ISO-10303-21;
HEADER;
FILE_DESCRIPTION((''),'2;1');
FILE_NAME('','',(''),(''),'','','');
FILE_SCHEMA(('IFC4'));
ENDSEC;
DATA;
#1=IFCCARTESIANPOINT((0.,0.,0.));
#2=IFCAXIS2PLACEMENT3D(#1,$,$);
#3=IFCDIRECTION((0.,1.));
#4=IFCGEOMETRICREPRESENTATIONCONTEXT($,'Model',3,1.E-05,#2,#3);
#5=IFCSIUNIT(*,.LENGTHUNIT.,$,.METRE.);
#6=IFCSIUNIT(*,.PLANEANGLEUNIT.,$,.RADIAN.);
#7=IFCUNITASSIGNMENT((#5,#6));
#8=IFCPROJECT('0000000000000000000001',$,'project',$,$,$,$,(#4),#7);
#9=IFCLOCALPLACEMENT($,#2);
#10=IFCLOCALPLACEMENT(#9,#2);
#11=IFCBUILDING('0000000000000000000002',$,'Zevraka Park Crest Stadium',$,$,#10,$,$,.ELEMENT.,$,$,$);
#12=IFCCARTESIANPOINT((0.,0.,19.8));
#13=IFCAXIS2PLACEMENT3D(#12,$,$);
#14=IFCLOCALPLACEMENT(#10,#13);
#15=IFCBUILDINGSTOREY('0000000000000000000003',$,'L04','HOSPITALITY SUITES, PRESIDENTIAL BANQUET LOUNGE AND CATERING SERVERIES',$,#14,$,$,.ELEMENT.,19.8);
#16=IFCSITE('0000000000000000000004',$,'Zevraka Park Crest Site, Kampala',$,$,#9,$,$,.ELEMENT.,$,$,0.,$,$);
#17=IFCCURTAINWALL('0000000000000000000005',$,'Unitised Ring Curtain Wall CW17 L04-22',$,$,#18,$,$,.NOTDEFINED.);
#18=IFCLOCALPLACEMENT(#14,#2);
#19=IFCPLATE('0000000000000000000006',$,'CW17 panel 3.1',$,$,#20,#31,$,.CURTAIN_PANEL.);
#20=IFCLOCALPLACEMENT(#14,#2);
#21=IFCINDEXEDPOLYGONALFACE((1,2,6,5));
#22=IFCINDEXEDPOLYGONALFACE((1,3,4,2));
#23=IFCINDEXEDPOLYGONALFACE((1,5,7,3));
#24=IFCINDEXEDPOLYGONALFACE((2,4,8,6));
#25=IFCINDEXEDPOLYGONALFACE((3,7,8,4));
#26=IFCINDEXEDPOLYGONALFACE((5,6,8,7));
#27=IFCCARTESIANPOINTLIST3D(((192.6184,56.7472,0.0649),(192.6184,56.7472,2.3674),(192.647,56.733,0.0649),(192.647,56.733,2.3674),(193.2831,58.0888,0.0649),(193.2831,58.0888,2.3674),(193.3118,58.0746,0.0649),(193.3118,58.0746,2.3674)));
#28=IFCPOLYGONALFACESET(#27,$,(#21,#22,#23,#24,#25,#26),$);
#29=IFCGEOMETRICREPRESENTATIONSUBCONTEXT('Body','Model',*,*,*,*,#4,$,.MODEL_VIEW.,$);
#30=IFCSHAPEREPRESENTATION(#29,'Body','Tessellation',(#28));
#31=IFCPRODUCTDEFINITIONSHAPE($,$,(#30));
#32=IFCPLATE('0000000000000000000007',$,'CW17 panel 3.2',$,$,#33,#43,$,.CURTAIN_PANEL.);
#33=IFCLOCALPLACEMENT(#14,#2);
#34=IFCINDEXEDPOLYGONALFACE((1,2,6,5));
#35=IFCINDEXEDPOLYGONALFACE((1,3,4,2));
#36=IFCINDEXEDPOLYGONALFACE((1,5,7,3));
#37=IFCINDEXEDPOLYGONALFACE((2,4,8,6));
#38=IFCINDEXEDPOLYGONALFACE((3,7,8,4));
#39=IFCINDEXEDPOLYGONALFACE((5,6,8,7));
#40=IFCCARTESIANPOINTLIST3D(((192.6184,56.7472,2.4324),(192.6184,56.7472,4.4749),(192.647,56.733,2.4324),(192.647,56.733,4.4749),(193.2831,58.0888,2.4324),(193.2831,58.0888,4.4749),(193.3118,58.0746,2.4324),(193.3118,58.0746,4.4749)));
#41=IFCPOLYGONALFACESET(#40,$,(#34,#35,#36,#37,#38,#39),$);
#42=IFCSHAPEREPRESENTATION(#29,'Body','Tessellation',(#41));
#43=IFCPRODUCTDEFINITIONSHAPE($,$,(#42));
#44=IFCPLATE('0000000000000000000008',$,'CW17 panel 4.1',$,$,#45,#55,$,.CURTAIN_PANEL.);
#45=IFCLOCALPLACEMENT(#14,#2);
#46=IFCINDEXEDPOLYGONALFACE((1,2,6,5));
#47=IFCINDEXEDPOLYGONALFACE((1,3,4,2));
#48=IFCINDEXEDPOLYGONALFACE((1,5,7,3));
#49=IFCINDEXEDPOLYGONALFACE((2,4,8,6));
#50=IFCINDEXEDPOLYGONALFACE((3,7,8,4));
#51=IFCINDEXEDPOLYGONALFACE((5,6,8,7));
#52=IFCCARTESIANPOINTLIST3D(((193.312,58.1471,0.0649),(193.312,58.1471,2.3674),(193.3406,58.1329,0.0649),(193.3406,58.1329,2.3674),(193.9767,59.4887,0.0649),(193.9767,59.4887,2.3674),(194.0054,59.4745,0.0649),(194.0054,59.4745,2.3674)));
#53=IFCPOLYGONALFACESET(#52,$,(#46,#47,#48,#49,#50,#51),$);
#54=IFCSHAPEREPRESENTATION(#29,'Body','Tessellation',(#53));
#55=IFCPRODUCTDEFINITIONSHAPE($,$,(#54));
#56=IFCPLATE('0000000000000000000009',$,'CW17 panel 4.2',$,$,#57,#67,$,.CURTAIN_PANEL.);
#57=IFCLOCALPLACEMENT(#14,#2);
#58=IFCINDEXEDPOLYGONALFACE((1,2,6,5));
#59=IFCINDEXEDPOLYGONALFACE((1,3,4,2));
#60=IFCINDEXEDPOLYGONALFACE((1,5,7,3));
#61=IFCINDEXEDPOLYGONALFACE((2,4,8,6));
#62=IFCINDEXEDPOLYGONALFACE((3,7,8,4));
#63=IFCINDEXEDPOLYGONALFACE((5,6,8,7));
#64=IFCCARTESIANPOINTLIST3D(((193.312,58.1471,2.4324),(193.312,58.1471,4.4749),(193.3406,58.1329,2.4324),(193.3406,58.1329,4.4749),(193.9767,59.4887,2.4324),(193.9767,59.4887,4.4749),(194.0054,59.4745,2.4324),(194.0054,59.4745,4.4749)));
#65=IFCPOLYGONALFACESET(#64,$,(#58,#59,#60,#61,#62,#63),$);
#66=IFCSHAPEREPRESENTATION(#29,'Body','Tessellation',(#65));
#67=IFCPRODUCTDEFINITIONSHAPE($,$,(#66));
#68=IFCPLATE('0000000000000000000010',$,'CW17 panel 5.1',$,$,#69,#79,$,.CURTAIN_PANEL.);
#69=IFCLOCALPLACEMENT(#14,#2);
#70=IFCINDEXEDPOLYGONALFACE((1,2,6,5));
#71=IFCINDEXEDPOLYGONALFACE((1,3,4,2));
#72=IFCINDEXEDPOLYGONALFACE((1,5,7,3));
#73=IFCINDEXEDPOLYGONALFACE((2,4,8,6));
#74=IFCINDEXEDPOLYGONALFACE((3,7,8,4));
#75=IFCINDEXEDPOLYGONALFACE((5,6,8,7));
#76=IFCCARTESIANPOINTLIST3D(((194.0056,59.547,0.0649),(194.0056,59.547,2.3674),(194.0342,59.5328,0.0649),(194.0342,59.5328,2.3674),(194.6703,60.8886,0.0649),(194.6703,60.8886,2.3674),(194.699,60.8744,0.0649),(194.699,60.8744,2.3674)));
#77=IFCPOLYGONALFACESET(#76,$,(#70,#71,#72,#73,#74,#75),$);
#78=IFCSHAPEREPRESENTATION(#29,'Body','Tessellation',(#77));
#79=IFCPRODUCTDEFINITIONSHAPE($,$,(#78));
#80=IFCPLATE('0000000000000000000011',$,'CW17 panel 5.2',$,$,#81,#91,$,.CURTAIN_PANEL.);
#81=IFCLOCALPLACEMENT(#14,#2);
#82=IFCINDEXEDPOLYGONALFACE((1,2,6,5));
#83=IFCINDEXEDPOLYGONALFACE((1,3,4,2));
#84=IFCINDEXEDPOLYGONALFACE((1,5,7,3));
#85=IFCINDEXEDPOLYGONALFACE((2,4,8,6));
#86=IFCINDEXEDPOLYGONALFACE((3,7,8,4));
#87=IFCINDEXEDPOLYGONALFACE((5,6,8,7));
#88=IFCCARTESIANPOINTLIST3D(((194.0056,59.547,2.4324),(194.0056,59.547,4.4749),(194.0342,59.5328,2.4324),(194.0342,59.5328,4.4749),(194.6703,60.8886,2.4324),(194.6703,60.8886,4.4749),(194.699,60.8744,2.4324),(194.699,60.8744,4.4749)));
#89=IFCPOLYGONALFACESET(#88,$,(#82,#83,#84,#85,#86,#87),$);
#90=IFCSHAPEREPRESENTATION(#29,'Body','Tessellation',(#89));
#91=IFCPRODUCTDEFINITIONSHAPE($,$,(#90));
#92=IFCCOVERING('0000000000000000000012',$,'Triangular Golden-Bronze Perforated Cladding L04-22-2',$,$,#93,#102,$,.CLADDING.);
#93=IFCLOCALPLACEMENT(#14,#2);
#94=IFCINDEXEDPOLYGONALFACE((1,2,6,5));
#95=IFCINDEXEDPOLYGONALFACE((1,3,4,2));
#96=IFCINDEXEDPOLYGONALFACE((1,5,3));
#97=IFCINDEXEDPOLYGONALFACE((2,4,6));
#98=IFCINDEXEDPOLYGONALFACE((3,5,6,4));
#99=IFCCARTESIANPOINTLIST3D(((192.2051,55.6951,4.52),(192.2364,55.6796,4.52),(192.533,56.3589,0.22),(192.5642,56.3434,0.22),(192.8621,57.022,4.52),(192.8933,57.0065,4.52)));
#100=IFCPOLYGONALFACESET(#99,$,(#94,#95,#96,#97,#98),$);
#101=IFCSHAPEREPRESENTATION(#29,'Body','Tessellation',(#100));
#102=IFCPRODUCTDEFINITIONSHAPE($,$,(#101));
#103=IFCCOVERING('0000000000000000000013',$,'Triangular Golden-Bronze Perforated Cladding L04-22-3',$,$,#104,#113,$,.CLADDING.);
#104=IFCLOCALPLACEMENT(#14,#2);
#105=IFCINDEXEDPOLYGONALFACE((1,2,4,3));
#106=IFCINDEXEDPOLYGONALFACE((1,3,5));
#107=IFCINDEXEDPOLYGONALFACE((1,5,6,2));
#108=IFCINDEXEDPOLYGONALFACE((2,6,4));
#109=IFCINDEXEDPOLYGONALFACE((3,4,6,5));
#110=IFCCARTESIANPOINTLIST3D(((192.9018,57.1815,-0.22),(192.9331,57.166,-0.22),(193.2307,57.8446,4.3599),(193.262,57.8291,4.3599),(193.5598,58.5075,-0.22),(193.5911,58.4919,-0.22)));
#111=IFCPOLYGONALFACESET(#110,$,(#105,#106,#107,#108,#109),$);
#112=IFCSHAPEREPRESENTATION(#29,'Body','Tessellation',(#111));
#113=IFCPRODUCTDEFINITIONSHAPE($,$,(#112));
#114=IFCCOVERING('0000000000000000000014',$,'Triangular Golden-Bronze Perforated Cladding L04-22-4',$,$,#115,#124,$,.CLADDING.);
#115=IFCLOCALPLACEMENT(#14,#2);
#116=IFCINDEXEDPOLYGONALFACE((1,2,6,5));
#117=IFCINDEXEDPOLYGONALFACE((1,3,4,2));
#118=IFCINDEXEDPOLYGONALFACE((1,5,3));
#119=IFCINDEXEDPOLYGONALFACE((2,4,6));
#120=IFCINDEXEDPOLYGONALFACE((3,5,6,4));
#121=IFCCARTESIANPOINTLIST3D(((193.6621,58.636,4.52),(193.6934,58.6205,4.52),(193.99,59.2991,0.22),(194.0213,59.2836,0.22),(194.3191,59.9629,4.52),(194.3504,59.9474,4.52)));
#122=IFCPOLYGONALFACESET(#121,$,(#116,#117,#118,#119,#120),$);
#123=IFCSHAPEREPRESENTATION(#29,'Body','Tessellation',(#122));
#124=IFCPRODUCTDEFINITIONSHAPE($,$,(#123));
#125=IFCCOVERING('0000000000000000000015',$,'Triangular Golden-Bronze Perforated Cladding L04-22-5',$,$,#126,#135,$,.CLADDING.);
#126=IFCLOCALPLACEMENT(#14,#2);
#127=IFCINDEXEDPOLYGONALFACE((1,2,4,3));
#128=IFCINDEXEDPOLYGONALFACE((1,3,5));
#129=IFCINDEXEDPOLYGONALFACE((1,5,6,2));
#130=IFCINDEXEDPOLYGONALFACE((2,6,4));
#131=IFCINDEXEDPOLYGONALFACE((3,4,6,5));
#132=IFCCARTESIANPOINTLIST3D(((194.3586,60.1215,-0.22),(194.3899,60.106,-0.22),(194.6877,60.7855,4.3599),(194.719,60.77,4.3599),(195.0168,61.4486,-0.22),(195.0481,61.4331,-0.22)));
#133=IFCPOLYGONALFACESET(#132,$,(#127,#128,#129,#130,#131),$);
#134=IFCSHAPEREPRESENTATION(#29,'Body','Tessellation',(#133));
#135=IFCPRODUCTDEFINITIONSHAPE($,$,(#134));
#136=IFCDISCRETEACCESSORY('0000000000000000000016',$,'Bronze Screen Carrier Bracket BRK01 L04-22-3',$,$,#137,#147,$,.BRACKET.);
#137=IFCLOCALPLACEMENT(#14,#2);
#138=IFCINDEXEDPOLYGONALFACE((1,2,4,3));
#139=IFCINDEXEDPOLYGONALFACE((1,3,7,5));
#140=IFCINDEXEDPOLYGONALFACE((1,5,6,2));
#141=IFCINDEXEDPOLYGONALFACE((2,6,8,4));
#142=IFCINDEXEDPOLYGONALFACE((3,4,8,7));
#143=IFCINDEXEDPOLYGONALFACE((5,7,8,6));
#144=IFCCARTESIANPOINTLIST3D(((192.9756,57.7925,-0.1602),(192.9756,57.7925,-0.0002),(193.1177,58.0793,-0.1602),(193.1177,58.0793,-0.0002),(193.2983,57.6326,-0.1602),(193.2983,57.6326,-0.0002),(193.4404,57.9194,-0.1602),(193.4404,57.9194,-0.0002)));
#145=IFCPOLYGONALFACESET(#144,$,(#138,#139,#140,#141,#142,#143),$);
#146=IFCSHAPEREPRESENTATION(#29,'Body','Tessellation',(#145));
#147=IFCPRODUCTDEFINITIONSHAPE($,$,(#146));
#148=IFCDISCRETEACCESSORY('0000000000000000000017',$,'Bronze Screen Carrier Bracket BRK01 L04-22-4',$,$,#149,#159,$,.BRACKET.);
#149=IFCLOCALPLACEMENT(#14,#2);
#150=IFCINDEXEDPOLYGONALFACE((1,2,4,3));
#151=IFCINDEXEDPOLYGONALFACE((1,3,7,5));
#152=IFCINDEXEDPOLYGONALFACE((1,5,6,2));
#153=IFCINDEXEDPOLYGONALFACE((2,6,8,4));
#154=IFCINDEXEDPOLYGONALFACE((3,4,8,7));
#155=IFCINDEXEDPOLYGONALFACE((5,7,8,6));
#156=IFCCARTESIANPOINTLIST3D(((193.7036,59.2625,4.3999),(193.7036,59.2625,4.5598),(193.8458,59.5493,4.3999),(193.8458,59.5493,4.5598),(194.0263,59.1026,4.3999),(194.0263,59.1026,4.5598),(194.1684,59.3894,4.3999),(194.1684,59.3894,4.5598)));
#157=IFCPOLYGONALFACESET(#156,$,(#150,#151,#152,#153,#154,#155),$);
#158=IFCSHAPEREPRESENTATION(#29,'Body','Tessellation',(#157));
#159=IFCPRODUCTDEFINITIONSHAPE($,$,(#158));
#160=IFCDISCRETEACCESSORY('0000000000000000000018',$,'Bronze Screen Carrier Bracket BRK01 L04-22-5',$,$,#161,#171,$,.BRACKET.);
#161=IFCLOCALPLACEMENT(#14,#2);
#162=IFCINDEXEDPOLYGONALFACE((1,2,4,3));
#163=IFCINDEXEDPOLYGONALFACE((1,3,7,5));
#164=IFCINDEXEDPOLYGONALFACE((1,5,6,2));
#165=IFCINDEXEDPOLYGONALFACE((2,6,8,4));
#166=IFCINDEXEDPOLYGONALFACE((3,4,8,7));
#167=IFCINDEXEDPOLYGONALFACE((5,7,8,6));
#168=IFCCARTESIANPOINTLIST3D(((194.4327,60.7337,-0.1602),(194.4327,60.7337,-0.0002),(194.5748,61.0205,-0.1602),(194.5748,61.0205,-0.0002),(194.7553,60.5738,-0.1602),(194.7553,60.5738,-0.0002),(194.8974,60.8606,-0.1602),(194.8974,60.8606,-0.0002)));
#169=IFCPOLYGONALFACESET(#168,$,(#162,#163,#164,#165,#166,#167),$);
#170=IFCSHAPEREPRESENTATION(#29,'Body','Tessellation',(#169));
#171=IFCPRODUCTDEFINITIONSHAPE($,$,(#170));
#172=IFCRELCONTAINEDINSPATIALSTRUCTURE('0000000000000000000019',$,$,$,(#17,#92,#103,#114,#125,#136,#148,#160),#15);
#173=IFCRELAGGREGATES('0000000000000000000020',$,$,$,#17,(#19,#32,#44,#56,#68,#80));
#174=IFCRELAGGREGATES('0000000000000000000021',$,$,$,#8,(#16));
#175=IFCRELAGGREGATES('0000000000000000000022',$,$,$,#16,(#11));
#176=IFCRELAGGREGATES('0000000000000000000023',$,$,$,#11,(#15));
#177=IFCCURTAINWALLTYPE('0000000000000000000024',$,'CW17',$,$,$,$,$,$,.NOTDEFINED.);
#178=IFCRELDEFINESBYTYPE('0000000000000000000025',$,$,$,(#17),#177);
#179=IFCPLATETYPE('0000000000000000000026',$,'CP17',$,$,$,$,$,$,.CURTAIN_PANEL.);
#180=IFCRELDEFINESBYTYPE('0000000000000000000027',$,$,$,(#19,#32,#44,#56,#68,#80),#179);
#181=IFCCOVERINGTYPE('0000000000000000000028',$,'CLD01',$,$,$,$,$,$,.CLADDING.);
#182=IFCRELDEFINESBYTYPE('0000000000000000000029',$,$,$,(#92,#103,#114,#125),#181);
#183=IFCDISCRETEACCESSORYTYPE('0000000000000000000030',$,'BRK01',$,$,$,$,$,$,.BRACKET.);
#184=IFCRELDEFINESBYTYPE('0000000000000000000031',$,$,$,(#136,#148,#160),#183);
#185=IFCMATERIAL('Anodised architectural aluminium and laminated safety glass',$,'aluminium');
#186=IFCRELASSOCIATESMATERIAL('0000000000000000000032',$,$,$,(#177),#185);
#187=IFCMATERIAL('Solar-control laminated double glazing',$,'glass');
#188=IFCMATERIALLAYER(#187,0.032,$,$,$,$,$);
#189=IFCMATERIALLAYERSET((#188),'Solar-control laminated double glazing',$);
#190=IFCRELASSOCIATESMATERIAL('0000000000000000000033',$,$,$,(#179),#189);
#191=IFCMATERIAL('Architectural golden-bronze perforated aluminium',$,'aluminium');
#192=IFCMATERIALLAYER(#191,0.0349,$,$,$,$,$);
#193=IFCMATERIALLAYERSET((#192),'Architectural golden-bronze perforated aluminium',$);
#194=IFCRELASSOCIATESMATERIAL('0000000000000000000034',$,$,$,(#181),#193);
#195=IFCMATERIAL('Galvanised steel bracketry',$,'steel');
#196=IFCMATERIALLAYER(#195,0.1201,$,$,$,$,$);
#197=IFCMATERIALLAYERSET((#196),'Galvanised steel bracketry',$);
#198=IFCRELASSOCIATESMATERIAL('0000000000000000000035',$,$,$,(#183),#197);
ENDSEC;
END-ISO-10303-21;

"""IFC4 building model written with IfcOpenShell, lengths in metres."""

from ifc_helpers import new_model, si_unit, direction, frame, origin, origin_2d, place, context, subcontext, project, spatial, polyline, rectangle, outline, extrude, material, layer, layer_set, type_object, element, aggregate, save


model = new_model("IFC4")

# Units and contexts
model_context = context("Model", 3, precision=1e-05, world=origin(), true_north=direction((0.0, 1.0)))
body_context = subcontext(model_context, "Body", "Model", "MODEL_VIEW")
ifc_project = project(units=[si_unit("LENGTHUNIT", "METRE"), si_unit("PLANEANGLEUNIT", "RADIAN")], contexts=[model_context])

# Site, building, storey
site_placement = place(None, origin())
site = spatial("IfcSite", under=ifc_project, at=site_placement, Name="Zevraka Park Crest Site, Kampala", CompositionType="ELEMENT", RefElevation=0.0)
building_placement = place(site_placement, origin())
building = spatial("IfcBuilding", under=site, at=building_placement, Name="Zevraka Park Crest Stadium", CompositionType="ELEMENT")
storey_placement = place(building_placement, frame((0.0, 0.0, 19.8)))
storey = spatial("IfcBuildingStorey", under=building, at=storey_placement, Name="L04", Description="HOSPITALITY SUITES, PRESIDENTIAL BANQUET LOUNGE AND CATERING SERVERIES", CompositionType="ELEMENT", Elevation=19.8)

# Curtain wall, plates
ifc_material_1 = material(Name="Anodised architectural aluminium and laminated safety glass", Category="aluminium")
curtain_wall_type = type_object("IfcCurtainWallType", Name="CW17", PredefinedType="NOTDEFINED", material=ifc_material_1)
curtain_wall_placement = place(storey_placement, origin())
curtain_wall = element("IfcCurtainWall", 1, at=curtain_wall_placement, inside=storey, type_object=curtain_wall_type, Name="Unitised Ring Curtain Wall CW17 L04-22", PredefinedType="NOTDEFINED")
ifc_material_2 = material(Name="Solar-control laminated double glazing", Category="glass")
ifc_layer_1 = layer(ifc_material_2, 0.032)
ifc_layer_set_1 = layer_set([ifc_layer_1], Name="Solar-control laminated double glazing")
plate_type = type_object("IfcPlateType", Name="CP17", PredefinedType="CURTAIN_PANEL", material=ifc_layer_set_1)
plate_1_placement = place(storey_placement, frame((192.9651, 57.4109, 0.0649), z_axis=(0.0, 0.0, 1.0), x_axis=(0.443961, 0.896046, 0.0)))
plate_1 = element("IfcPlate", 2, at=plate_1_placement, type_object=plate_type, Name="CW17 panel 3.1", PredefinedType="CURTAIN_PANEL", context=body_context, shape_type="SweptSolid", body=[
    extrude(rectangle(XDim=1.4973, YDim=0.032, at=origin_2d()), origin(), (0.0, 0.0, 1.0), 2.3025),
])
plate_2_placement = place(storey_placement, frame((192.9651, 57.4109, 2.4324), z_axis=(0.0, 0.0, 1.0), x_axis=(0.443961, 0.896046, 0.0)))
plate_2 = element("IfcPlate", 3, at=plate_2_placement, type_object=plate_type, Name="CW17 panel 3.2", PredefinedType="CURTAIN_PANEL", context=body_context, shape_type="SweptSolid", body=[
    extrude(rectangle(XDim=1.4973, YDim=0.032, at=origin_2d()), origin(), (0.0, 0.0, 1.0), 2.0425),
])
plate_3_placement = place(storey_placement, frame((193.6587, 58.8108, 0.0649), z_axis=(0.0, 0.0, 1.0), x_axis=(0.443961, 0.896046, 0.0)))
plate_3 = element("IfcPlate", 4, at=plate_3_placement, type_object=plate_type, Name="CW17 panel 4.1", PredefinedType="CURTAIN_PANEL", context=body_context, shape_type="SweptSolid", body=[
    extrude(rectangle(XDim=1.4973, YDim=0.032, at=origin_2d()), origin(), (0.0, 0.0, 1.0), 2.3025),
])
plate_4_placement = place(storey_placement, frame((193.6587, 58.8108, 2.4324), z_axis=(0.0, 0.0, 1.0), x_axis=(0.443961, 0.896046, 0.0)))
plate_4 = element("IfcPlate", 5, at=plate_4_placement, type_object=plate_type, Name="CW17 panel 4.2", PredefinedType="CURTAIN_PANEL", context=body_context, shape_type="SweptSolid", body=[
    extrude(rectangle(XDim=1.4973, YDim=0.032, at=origin_2d()), origin(), (0.0, 0.0, 1.0), 2.0425),
])
plate_5_placement = place(storey_placement, frame((194.3523, 60.2107, 0.0649), z_axis=(0.0, 0.0, 1.0), x_axis=(0.443961, 0.896046, 0.0)))
plate_5 = element("IfcPlate", 6, at=plate_5_placement, type_object=plate_type, Name="CW17 panel 5.1", PredefinedType="CURTAIN_PANEL", context=body_context, shape_type="SweptSolid", body=[
    extrude(rectangle(XDim=1.4973, YDim=0.032, at=origin_2d()), origin(), (0.0, 0.0, 1.0), 2.3025),
])
plate_6_placement = place(storey_placement, frame((194.3523, 60.2107, 2.4324), z_axis=(0.0, 0.0, 1.0), x_axis=(0.443961, 0.896046, 0.0)))
plate_6 = element("IfcPlate", 7, at=plate_6_placement, type_object=plate_type, Name="CW17 panel 5.2", PredefinedType="CURTAIN_PANEL", context=body_context, shape_type="SweptSolid", body=[
    extrude(rectangle(XDim=1.4973, YDim=0.032, at=origin_2d()), origin(), (0.0, 0.0, 1.0), 2.0425),
])
aggregate(curtain_wall, [plate_1, plate_2, plate_3, plate_4, plate_5, plate_6])

# Coverings
ifc_material_3 = material(Name="Architectural golden-bronze perforated aluminium", Category="aluminium")
ifc_layer_2 = layer(ifc_material_3, 0.0349)
ifc_layer_set_2 = layer_set([ifc_layer_2], Name="Architectural golden-bronze perforated aluminium")
covering_type = type_object("IfcCoveringType", Name="CLD01", PredefinedType="CLADDING", material=ifc_layer_set_2)
covering_1_placement = place(storey_placement, frame((192.8621, 57.022, 4.52), z_axis=(-0.896168, 0.443715, 0.000165), x_axis=(-0.443715, -0.896168, 0.0)))
element("IfcCovering", 8, at=covering_1_placement, inside=storey, type_object=covering_type, Name="Triangular Golden-Bronze Perforated Cladding L04-22-2", PredefinedType="CLADDING", context=body_context, shape_type="SweptSolid", body=[
    extrude(outline(polyline([(0.0, 0.0), (1.4806, 0.0), (0.7403, -4.3), (0.0, 0.0)])), origin(), (0.0, 0.0, -1.0), 0.0349),
])
covering_2_placement = place(storey_placement, frame((192.9331, 57.166, -0.22), z_axis=(0.895776, -0.444507, 0.000036), x_axis=(0.444507, 0.895776, 0.0)))
element("IfcCovering", 9, at=covering_2_placement, inside=storey, type_object=covering_type, Name="Triangular Golden-Bronze Perforated Cladding L04-22-3", PredefinedType="CLADDING", context=body_context, shape_type="SweptSolid", body=[
    extrude(outline(polyline([(0.0, 0.0), (1.4802, 0.0), (0.7402, 4.5798), (0.0, 0.0)])), origin(), (0.0, 0.0, -1.0), 0.0349),
])
covering_3_placement = place(storey_placement, frame((194.3191, 59.9629, 4.52), z_axis=(-0.896168, 0.443715, 0.000089), x_axis=(-0.443715, -0.896168, 0.0)))
element("IfcCovering", 10, at=covering_3_placement, inside=storey, type_object=covering_type, Name="Triangular Golden-Bronze Perforated Cladding L04-22-4", PredefinedType="CLADDING", context=body_context, shape_type="SweptSolid", body=[
    extrude(outline(polyline([(0.0, 0.0), (1.4806, 0.0), (0.7409, -4.3), (0.0, 0.0)])), origin(), (0.0, 0.0, -1.0), 0.0349),
])
covering_4_placement = place(storey_placement, frame((194.3899, 60.106, -0.22), z_axis=(0.895873, -0.444311, 0.000047), x_axis=(0.444311, 0.895873, 0.0)))
element("IfcCovering", 11, at=covering_4_placement, inside=storey, type_object=covering_type, Name="Triangular Golden-Bronze Perforated Cladding L04-22-5", PredefinedType="CLADDING", context=body_context, shape_type="SweptSolid", body=[
    extrude(outline(polyline([(0.0, 0.0), (1.4814, 0.0), (0.7411, 4.5798), (0.0, 0.0)])), origin(), (0.0, 0.0, -1.0), 0.0349),
])

# Discrete accessories
ifc_material_4 = material(Name="Galvanised steel bracketry", Category="steel")
ifc_layer_3 = layer(ifc_material_4, 0.1201)
ifc_layer_set_3 = layer_set([ifc_layer_3], Name="Galvanised steel bracketry")
discrete_accessory_type = type_object("IfcDiscreteAccessoryType", Name="BRK01", PredefinedType="BRACKET", material=ifc_layer_set_3)
for number, where, z_axis, x_axis, name in (
    (12, (193.208, 57.856, -0.1602), (0.0, 0.0, 1.0), (0.44401, 0.896022, 0.0), "Bronze Screen Carrier Bracket BRK01 L04-22-3"),
    (13, (193.936, 59.3259, 4.3999), (0.0, 0.0, 1.0), (0.44401, 0.896022, 0.0), "Bronze Screen Carrier Bracket BRK01 L04-22-4"),
    (14, (194.665, 60.7971, -0.1602), (0.0, 0.0, 1.0), (0.44401, 0.896022, 0.0), "Bronze Screen Carrier Bracket BRK01 L04-22-5"),
):
    element("IfcDiscreteAccessory", number, at=place(storey_placement, frame(where, z_axis=z_axis, x_axis=x_axis)), inside=storey, type_object=discrete_accessory_type, Name=name, PredefinedType="BRACKET", context=body_context, shape_type="SweptSolid", body=[
        extrude(rectangle(XDim=0.3201, YDim=0.3601, at=origin_2d()), origin(), (0.0, 0.0, 1.0), 0.1599),
    ])

save(model, "model.ifc")
